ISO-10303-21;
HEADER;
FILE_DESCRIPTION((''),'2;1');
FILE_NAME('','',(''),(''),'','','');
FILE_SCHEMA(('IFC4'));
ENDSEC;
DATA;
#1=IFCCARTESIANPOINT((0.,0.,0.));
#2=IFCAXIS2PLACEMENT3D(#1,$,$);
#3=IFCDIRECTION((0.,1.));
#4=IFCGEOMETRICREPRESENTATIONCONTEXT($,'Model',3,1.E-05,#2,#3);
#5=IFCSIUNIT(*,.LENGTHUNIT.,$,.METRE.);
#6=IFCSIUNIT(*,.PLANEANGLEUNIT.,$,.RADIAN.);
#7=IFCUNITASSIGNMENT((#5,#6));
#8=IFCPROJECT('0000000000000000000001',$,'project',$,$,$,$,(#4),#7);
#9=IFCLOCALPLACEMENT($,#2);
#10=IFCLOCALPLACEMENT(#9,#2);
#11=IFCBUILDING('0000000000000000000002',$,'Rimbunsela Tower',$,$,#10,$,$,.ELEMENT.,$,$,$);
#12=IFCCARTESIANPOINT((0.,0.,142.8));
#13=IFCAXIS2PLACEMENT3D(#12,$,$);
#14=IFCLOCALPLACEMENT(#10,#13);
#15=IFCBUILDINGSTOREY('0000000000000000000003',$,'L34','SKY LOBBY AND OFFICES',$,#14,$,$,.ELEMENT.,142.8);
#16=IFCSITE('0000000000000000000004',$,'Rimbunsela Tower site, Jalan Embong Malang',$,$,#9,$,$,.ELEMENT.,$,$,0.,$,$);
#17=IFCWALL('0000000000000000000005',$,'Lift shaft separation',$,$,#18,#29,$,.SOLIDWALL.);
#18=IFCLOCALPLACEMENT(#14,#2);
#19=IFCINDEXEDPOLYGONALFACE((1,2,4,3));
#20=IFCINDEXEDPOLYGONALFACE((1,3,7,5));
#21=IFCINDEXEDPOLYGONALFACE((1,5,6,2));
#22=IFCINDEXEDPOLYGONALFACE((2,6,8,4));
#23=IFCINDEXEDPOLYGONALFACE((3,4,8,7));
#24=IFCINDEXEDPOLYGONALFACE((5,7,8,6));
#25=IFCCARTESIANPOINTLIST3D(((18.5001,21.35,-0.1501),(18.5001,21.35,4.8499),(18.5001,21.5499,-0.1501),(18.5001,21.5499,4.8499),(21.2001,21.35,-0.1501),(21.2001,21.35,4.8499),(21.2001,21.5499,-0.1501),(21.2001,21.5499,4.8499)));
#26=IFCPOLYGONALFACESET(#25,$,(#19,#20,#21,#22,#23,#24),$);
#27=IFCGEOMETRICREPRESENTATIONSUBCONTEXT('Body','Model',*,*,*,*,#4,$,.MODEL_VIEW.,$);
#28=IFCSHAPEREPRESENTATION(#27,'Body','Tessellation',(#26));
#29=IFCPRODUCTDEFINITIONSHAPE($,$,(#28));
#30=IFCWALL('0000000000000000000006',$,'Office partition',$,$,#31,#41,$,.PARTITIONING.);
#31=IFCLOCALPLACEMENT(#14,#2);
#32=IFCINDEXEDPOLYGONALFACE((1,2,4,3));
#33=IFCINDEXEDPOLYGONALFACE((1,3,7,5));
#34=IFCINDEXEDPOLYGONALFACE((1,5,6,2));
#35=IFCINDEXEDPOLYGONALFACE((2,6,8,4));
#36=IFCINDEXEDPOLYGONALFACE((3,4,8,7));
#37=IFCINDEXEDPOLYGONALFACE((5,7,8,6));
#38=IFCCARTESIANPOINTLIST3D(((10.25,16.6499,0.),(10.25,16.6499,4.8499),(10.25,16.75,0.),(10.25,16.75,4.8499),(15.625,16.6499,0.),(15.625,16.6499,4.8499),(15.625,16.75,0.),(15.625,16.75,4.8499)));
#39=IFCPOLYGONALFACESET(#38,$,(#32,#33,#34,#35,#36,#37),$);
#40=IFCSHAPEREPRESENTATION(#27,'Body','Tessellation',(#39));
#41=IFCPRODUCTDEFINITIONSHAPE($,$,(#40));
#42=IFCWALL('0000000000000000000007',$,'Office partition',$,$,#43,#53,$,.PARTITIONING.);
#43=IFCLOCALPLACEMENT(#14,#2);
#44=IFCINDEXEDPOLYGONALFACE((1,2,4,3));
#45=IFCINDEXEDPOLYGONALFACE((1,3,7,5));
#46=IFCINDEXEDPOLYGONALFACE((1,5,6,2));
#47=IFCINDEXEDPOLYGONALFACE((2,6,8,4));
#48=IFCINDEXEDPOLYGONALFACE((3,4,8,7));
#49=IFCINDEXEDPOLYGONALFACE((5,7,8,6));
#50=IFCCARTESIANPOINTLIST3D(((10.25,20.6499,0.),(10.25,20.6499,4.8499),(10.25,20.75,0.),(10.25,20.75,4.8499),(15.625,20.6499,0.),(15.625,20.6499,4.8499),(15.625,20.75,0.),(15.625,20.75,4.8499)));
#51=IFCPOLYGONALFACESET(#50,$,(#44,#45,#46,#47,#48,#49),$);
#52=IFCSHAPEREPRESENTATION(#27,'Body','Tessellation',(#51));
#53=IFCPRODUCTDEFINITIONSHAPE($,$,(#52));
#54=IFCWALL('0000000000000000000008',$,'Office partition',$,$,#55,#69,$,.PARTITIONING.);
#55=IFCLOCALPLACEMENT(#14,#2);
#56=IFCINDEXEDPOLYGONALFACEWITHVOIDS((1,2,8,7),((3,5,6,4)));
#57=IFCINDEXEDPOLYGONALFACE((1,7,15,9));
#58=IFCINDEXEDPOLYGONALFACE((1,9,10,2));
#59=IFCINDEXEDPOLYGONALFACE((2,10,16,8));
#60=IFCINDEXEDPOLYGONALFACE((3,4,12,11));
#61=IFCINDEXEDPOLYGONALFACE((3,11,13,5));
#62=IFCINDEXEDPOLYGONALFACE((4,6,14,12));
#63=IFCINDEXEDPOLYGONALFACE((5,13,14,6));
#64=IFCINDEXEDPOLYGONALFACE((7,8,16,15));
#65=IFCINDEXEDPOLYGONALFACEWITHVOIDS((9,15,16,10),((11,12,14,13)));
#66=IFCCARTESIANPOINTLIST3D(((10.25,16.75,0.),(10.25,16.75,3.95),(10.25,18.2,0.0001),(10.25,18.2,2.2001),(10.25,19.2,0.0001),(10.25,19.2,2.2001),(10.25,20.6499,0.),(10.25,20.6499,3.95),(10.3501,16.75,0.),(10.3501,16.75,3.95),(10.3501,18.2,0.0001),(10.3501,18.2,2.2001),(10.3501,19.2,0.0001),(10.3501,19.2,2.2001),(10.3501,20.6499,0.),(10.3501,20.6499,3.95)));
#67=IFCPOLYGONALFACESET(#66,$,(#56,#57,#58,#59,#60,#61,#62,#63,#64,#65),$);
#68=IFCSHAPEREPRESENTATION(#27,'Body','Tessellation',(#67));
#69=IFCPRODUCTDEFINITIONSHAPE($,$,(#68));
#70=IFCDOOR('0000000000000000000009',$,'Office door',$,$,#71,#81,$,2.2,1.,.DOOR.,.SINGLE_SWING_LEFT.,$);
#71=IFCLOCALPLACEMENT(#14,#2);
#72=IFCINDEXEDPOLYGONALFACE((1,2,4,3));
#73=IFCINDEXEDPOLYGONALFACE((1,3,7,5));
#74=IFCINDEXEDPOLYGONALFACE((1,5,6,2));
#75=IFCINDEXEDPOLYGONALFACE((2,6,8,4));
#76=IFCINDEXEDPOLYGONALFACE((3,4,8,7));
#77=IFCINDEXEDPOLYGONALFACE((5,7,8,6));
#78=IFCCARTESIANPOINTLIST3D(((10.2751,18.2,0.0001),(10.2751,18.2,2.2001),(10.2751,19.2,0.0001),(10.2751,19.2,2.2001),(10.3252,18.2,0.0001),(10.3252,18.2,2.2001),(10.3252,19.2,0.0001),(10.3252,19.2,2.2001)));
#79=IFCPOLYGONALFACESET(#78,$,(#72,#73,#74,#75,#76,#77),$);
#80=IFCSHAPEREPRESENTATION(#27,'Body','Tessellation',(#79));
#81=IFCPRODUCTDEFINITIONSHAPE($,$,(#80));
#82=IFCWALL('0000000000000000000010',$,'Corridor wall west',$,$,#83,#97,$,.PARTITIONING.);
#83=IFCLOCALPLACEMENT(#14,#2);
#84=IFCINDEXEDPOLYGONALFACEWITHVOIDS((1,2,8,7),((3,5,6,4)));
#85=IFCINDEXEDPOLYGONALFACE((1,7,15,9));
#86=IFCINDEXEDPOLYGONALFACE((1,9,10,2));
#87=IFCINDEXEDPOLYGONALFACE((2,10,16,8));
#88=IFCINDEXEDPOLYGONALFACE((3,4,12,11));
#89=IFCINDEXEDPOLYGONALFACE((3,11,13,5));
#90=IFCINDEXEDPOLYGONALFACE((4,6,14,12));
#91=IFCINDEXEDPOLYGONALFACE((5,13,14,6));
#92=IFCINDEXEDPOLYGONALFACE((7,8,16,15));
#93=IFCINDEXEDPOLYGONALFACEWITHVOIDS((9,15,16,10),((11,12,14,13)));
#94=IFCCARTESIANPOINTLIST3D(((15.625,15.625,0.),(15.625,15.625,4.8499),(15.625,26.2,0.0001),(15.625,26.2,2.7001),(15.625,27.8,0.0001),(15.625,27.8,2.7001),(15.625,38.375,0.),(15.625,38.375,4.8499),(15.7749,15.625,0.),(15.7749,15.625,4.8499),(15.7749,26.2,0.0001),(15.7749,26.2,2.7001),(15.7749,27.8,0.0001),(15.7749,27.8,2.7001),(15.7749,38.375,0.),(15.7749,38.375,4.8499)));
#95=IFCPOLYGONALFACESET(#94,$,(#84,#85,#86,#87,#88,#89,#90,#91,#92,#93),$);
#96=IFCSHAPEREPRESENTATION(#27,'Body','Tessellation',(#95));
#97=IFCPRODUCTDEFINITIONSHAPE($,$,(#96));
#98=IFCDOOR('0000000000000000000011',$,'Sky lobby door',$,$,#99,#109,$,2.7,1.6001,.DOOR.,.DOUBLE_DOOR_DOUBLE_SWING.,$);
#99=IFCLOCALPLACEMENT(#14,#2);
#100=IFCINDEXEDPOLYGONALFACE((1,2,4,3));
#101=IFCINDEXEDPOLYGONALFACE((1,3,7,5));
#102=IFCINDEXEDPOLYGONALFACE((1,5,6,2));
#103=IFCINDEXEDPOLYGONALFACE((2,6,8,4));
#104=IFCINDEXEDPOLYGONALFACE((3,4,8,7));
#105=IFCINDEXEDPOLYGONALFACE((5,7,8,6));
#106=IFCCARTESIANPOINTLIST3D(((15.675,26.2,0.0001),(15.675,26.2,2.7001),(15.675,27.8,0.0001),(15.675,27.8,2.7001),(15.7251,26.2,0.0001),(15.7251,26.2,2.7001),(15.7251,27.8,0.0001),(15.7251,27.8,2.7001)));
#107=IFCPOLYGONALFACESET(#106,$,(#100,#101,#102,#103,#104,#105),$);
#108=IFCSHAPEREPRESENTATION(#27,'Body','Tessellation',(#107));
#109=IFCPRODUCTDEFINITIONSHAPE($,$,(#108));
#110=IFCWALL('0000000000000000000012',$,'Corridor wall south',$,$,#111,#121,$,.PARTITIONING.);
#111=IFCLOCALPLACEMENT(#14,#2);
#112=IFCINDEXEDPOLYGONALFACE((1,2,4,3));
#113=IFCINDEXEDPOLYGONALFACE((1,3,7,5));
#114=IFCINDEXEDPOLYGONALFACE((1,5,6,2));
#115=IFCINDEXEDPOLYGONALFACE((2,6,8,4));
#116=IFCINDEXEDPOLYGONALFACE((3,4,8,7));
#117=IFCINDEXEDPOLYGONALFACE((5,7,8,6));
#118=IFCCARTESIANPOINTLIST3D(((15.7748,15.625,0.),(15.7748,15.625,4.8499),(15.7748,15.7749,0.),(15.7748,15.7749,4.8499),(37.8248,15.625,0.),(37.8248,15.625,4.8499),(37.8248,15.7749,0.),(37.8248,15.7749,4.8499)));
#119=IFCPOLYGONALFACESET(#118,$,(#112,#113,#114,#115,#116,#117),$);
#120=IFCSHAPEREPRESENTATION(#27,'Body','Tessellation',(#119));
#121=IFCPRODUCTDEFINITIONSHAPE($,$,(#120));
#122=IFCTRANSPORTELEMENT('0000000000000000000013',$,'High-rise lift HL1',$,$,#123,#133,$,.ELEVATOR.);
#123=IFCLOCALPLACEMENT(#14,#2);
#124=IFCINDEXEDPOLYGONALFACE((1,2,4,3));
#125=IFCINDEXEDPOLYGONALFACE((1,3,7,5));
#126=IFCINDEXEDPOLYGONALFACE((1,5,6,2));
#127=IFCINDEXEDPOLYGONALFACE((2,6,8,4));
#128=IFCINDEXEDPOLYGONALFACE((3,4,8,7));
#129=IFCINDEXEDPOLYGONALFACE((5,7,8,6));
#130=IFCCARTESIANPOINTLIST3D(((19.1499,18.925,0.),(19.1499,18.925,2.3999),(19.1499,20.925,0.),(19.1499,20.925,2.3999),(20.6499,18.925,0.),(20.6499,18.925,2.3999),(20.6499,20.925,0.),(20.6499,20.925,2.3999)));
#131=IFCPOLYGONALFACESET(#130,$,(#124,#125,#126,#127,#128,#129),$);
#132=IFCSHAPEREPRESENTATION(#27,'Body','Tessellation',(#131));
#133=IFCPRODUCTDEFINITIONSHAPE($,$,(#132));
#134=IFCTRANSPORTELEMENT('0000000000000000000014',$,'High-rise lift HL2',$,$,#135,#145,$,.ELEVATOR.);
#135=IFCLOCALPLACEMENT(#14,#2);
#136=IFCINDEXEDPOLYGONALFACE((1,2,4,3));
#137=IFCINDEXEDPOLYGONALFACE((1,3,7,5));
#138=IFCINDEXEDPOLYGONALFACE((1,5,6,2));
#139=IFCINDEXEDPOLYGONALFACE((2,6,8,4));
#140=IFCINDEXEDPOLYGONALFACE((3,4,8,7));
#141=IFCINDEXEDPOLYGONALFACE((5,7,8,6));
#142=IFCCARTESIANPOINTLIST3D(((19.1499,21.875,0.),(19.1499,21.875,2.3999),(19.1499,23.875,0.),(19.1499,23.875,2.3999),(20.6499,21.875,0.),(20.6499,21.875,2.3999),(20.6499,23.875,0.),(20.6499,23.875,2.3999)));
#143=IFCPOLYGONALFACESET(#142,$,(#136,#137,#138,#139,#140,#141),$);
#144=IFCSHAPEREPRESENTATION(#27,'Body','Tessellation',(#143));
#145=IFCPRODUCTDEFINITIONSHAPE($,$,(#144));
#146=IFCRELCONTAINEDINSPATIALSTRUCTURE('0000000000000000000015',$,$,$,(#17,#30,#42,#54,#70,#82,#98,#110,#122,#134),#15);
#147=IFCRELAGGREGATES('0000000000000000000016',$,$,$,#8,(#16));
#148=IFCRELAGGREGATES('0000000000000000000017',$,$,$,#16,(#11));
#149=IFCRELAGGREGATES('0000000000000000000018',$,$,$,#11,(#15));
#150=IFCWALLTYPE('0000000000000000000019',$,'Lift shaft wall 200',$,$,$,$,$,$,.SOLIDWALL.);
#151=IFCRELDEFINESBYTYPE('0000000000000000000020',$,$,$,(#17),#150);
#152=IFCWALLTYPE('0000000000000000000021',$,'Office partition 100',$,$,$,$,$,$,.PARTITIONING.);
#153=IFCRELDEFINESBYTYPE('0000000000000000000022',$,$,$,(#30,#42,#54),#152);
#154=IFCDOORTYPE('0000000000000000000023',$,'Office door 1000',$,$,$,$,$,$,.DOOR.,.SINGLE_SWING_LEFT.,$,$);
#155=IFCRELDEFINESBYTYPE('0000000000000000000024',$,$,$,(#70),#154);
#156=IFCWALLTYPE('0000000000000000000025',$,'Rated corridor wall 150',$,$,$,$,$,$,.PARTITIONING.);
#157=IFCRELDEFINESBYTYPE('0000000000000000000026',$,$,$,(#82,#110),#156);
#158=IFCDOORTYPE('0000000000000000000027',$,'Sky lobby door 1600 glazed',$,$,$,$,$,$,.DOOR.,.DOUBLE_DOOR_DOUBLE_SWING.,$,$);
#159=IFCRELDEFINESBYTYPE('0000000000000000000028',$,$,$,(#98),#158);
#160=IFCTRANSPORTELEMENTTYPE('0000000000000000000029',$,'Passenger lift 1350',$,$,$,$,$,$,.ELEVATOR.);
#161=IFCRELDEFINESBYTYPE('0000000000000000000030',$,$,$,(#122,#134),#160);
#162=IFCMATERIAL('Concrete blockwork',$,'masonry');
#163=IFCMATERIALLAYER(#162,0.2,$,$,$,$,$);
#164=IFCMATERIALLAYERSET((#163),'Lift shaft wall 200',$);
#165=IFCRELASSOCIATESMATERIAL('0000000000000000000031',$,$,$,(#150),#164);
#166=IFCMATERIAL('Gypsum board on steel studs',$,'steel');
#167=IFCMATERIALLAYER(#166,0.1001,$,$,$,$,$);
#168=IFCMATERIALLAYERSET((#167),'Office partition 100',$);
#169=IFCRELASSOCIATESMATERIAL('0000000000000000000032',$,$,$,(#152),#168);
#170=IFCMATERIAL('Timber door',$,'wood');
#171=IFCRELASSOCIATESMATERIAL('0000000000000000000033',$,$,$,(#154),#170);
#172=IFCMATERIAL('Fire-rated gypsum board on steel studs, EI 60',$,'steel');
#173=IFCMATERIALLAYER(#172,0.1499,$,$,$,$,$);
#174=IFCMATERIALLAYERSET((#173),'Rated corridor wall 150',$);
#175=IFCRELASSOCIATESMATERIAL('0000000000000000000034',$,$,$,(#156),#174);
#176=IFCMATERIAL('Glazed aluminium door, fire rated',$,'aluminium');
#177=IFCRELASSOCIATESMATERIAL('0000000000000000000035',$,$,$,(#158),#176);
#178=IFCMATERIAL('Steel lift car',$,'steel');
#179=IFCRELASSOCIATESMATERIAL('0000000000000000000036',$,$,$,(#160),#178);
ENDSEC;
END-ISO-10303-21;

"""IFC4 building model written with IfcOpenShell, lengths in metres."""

from ifc_helpers import new_model, si_unit, direction, frame, frame_2d, origin, origin_2d, place, context, subcontext, project, spatial, rectangle, extrude, material, layer, layer_set, type_object, element, fill, save


model = new_model("IFC4")

# Units and contexts
model_context = context("Model", 3, precision=1e-05, world=origin(), true_north=direction((0.0, 1.0)))
body_context = subcontext(model_context, "Body", "Model", "MODEL_VIEW")
ifc_project = project(units=[si_unit("LENGTHUNIT", "METRE"), si_unit("PLANEANGLEUNIT", "RADIAN")], contexts=[model_context])

# Site, building, storey
site_placement = place(None, origin())
site = spatial("IfcSite", under=ifc_project, at=site_placement, Name="Rimbunsela Tower site, Jalan Embong Malang", CompositionType="ELEMENT", RefElevation=0.0)
building_placement = place(site_placement, origin())
building = spatial("IfcBuilding", under=site, at=building_placement, Name="Rimbunsela Tower", CompositionType="ELEMENT")
storey_placement = place(building_placement, frame((0.0, 0.0, 142.8)))
storey = spatial("IfcBuildingStorey", under=building, at=storey_placement, Name="L34", Description="SKY LOBBY AND OFFICES", CompositionType="ELEMENT", Elevation=142.8)

# Walls
ifc_material_1 = material(Name="Concrete blockwork", Category="masonry")
ifc_layer_1 = layer(ifc_material_1, 0.2)
ifc_layer_set_1 = layer_set([ifc_layer_1], Name="Lift shaft wall 200")
wall_type_1 = type_object("IfcWallType", Name="Lift shaft wall 200", PredefinedType="SOLIDWALL", material=ifc_layer_set_1)
wall_1_placement = place(storey_placement, frame((18.5, 21.45, -0.1501), z_axis=(0.0, 0.0, 1.0), x_axis=(1.0, 0.0, 0.0)))
element("IfcWall", 1, at=wall_1_placement, inside=storey, type_object=wall_type_1, Name="Lift shaft separation", PredefinedType="SOLIDWALL", context=body_context, shape_type="SweptSolid", body=[
    extrude(rectangle(XDim=2.7, YDim=0.2, at=frame_2d((1.3501, 0.0))), origin(), (0.0, 0.0, 1.0), 5.0),
])
ifc_material_2 = material(Name="Gypsum board on steel studs", Category="steel")
ifc_layer_2 = layer(ifc_material_2, 0.1001)
ifc_layer_set_2 = layer_set([ifc_layer_2], Name="Office partition 100")
wall_type_2 = type_object("IfcWallType", Name="Office partition 100", PredefinedType="PARTITIONING", material=ifc_layer_set_2)
for number, where, z_axis, x_axis, name in (
    (2, (10.25, 16.7, 0.0), (0.0, 0.0, 1.0), (1.0, 0.0, 0.0), "Office partition"),
    (3, (10.25, 20.7, 0.0), (0.0, 0.0, 1.0), (1.0, 0.0, 0.0), "Office partition"),
):
    element("IfcWall", number, at=place(storey_placement, frame(where, z_axis=z_axis, x_axis=x_axis)), inside=storey, type_object=wall_type_2, Name=name, PredefinedType="PARTITIONING", context=body_context, shape_type="SweptSolid", body=[
        extrude(rectangle(XDim=5.375, YDim=0.1001, at=frame_2d((2.6875, 0.0))), origin(), (0.0, 0.0, 1.0), 4.8499),
    ])

# Walls, openings, doors
wall_2_placement = place(storey_placement, frame((10.3, 16.75, 0.0), z_axis=(0.0, 0.0, 1.0), x_axis=(0.0, 1.0, 0.0)))
wall_2 = element("IfcWall", 4, at=wall_2_placement, inside=storey, type_object=wall_type_2, Name="Office partition", PredefinedType="PARTITIONING", context=body_context, shape_type="SweptSolid", body=[
    extrude(rectangle(XDim=3.8999, YDim=0.1001, at=frame_2d((1.95, 0.0))), origin(), (0.0, 0.0, 1.0), 3.95),
])
opening_1_placement = place(wall_2_placement, frame((1.45, 0.0, 0.0)))
opening_1 = element("IfcOpeningElement", 5, at=opening_1_placement, cuts=wall_2, PredefinedType="OPENING", context=body_context, shape_type="SweptSolid", body=[
    extrude(rectangle(XDim=1.0, YDim=2.2, at=frame_2d((0.5, 1.1001))), frame((0.0, 0.0601, 0.0), z_axis=(0.0, -1.0, 0.0), x_axis=(1.0, 0.0, 0.0)), (0.0, 0.0, 1.0), 0.1201),
])
ifc_material_3 = material(Name="Timber door", Category="wood")
door_type_1 = type_object("IfcDoorType", Name="Office door 1000", OperationType="SINGLE_SWING_LEFT", PredefinedType="DOOR", material=ifc_material_3)
door_1_placement = place(opening_1_placement, origin())
door_1 = element("IfcDoor", 6, at=door_1_placement, inside=storey, type_object=door_type_1, Name="Office door", OperationType="SINGLE_SWING_LEFT", OverallHeight=2.2, OverallWidth=1.0, PredefinedType="DOOR", context=body_context, shape_type="SweptSolid", body=[
    extrude(rectangle(XDim=1.0, YDim=2.2, at=frame_2d((0.5, 1.1001))), frame((0.0, 0.0249, 0.0), z_axis=(0.0, -1.0, 0.0), x_axis=(1.0, 0.0, 0.0)), (0.0, 0.0, 1.0), 0.05),
])
fill(opening_1, door_1)
ifc_material_4 = material(Name="Fire-rated gypsum board on steel studs, EI 60", Category="steel")
ifc_layer_3 = layer(ifc_material_4, 0.1499)
ifc_layer_set_3 = layer_set([ifc_layer_3], Name="Rated corridor wall 150")
wall_type_3 = type_object("IfcWallType", Name="Rated corridor wall 150", PredefinedType="PARTITIONING", material=ifc_layer_set_3)
wall_3_placement = place(storey_placement, frame((15.7, 15.625, 0.0), z_axis=(0.0, 0.0, 1.0), x_axis=(0.0, 1.0, 0.0)))
wall_3 = element("IfcWall", 7, at=wall_3_placement, inside=storey, type_object=wall_type_3, Name="Corridor wall west", PredefinedType="PARTITIONING", context=body_context, shape_type="SweptSolid", body=[
    extrude(rectangle(XDim=22.75, YDim=0.1499, at=frame_2d((11.375, 0.0))), origin(), (0.0, 0.0, 1.0), 4.8499),
])
opening_2_placement = place(wall_3_placement, frame((10.575, 0.0, 0.0)))
opening_2 = element("IfcOpeningElement", 8, at=opening_2_placement, cuts=wall_3, PredefinedType="OPENING", context=body_context, shape_type="SweptSolid", body=[
    extrude(rectangle(XDim=1.6001, YDim=2.7, at=frame_2d((0.8, 1.3501))), frame((0.0, 0.085, 0.0), z_axis=(0.0, -1.0, 0.0), x_axis=(1.0, 0.0, 0.0)), (0.0, 0.0, 1.0), 0.1699),
])
ifc_material_5 = material(Name="Glazed aluminium door, fire rated", Category="aluminium")
door_type_2 = type_object("IfcDoorType", Name="Sky lobby door 1600 glazed", OperationType="DOUBLE_DOOR_DOUBLE_SWING", PredefinedType="DOOR", material=ifc_material_5)
door_2_placement = place(opening_2_placement, origin())
door_2 = element("IfcDoor", 9, at=door_2_placement, inside=storey, type_object=door_type_2, Name="Sky lobby door", OperationType="DOUBLE_DOOR_DOUBLE_SWING", OverallHeight=2.7, OverallWidth=1.6001, PredefinedType="DOOR", context=body_context, shape_type="SweptSolid", body=[
    extrude(rectangle(XDim=1.6001, YDim=2.7, at=frame_2d((0.8, 1.3501))), frame((0.0, 0.0249, 0.0), z_axis=(0.0, -1.0, 0.0), x_axis=(1.0, 0.0, 0.0)), (0.0, 0.0, 1.0), 0.05),
])
fill(opening_2, door_2)

# Wall
wall_4_placement = place(storey_placement, frame((15.7749, 15.7, 0.0), z_axis=(0.0, 0.0, 1.0), x_axis=(1.0, 0.0, 0.0)))
element("IfcWall", 10, at=wall_4_placement, inside=storey, type_object=wall_type_3, Name="Corridor wall south", PredefinedType="PARTITIONING", context=body_context, shape_type="SweptSolid", body=[
    extrude(rectangle(XDim=22.05, YDim=0.1499, at=frame_2d((11.0249, 0.0))), origin(), (0.0, 0.0, 1.0), 4.8499),
])

# Transport elements
ifc_material_6 = material(Name="Steel lift car", Category="steel")
transport_element_type = type_object("IfcTransportElementType", Name="Passenger lift 1350", PredefinedType="ELEVATOR", material=ifc_material_6)
for number, where, z_axis, x_axis, name in (
    (11, (19.8999, 19.925, 0.0), (0.0, 0.0, 1.0), (1.0, 0.0, 0.0), "High-rise lift HL1"),
    (12, (19.8999, 22.875, 0.0), (0.0, 0.0, 1.0), (1.0, 0.0, 0.0), "High-rise lift HL2"),
):
    element("IfcTransportElement", number, at=place(storey_placement, frame(where, z_axis=z_axis, x_axis=x_axis)), inside=storey, type_object=transport_element_type, Name=name, PredefinedType="ELEVATOR", context=body_context, shape_type="SweptSolid", body=[
        extrude(rectangle(XDim=1.5, YDim=2.0, at=origin_2d()), origin(), (0.0, 0.0, 1.0), 2.3999),
    ])

save(model, "model.ifc")
